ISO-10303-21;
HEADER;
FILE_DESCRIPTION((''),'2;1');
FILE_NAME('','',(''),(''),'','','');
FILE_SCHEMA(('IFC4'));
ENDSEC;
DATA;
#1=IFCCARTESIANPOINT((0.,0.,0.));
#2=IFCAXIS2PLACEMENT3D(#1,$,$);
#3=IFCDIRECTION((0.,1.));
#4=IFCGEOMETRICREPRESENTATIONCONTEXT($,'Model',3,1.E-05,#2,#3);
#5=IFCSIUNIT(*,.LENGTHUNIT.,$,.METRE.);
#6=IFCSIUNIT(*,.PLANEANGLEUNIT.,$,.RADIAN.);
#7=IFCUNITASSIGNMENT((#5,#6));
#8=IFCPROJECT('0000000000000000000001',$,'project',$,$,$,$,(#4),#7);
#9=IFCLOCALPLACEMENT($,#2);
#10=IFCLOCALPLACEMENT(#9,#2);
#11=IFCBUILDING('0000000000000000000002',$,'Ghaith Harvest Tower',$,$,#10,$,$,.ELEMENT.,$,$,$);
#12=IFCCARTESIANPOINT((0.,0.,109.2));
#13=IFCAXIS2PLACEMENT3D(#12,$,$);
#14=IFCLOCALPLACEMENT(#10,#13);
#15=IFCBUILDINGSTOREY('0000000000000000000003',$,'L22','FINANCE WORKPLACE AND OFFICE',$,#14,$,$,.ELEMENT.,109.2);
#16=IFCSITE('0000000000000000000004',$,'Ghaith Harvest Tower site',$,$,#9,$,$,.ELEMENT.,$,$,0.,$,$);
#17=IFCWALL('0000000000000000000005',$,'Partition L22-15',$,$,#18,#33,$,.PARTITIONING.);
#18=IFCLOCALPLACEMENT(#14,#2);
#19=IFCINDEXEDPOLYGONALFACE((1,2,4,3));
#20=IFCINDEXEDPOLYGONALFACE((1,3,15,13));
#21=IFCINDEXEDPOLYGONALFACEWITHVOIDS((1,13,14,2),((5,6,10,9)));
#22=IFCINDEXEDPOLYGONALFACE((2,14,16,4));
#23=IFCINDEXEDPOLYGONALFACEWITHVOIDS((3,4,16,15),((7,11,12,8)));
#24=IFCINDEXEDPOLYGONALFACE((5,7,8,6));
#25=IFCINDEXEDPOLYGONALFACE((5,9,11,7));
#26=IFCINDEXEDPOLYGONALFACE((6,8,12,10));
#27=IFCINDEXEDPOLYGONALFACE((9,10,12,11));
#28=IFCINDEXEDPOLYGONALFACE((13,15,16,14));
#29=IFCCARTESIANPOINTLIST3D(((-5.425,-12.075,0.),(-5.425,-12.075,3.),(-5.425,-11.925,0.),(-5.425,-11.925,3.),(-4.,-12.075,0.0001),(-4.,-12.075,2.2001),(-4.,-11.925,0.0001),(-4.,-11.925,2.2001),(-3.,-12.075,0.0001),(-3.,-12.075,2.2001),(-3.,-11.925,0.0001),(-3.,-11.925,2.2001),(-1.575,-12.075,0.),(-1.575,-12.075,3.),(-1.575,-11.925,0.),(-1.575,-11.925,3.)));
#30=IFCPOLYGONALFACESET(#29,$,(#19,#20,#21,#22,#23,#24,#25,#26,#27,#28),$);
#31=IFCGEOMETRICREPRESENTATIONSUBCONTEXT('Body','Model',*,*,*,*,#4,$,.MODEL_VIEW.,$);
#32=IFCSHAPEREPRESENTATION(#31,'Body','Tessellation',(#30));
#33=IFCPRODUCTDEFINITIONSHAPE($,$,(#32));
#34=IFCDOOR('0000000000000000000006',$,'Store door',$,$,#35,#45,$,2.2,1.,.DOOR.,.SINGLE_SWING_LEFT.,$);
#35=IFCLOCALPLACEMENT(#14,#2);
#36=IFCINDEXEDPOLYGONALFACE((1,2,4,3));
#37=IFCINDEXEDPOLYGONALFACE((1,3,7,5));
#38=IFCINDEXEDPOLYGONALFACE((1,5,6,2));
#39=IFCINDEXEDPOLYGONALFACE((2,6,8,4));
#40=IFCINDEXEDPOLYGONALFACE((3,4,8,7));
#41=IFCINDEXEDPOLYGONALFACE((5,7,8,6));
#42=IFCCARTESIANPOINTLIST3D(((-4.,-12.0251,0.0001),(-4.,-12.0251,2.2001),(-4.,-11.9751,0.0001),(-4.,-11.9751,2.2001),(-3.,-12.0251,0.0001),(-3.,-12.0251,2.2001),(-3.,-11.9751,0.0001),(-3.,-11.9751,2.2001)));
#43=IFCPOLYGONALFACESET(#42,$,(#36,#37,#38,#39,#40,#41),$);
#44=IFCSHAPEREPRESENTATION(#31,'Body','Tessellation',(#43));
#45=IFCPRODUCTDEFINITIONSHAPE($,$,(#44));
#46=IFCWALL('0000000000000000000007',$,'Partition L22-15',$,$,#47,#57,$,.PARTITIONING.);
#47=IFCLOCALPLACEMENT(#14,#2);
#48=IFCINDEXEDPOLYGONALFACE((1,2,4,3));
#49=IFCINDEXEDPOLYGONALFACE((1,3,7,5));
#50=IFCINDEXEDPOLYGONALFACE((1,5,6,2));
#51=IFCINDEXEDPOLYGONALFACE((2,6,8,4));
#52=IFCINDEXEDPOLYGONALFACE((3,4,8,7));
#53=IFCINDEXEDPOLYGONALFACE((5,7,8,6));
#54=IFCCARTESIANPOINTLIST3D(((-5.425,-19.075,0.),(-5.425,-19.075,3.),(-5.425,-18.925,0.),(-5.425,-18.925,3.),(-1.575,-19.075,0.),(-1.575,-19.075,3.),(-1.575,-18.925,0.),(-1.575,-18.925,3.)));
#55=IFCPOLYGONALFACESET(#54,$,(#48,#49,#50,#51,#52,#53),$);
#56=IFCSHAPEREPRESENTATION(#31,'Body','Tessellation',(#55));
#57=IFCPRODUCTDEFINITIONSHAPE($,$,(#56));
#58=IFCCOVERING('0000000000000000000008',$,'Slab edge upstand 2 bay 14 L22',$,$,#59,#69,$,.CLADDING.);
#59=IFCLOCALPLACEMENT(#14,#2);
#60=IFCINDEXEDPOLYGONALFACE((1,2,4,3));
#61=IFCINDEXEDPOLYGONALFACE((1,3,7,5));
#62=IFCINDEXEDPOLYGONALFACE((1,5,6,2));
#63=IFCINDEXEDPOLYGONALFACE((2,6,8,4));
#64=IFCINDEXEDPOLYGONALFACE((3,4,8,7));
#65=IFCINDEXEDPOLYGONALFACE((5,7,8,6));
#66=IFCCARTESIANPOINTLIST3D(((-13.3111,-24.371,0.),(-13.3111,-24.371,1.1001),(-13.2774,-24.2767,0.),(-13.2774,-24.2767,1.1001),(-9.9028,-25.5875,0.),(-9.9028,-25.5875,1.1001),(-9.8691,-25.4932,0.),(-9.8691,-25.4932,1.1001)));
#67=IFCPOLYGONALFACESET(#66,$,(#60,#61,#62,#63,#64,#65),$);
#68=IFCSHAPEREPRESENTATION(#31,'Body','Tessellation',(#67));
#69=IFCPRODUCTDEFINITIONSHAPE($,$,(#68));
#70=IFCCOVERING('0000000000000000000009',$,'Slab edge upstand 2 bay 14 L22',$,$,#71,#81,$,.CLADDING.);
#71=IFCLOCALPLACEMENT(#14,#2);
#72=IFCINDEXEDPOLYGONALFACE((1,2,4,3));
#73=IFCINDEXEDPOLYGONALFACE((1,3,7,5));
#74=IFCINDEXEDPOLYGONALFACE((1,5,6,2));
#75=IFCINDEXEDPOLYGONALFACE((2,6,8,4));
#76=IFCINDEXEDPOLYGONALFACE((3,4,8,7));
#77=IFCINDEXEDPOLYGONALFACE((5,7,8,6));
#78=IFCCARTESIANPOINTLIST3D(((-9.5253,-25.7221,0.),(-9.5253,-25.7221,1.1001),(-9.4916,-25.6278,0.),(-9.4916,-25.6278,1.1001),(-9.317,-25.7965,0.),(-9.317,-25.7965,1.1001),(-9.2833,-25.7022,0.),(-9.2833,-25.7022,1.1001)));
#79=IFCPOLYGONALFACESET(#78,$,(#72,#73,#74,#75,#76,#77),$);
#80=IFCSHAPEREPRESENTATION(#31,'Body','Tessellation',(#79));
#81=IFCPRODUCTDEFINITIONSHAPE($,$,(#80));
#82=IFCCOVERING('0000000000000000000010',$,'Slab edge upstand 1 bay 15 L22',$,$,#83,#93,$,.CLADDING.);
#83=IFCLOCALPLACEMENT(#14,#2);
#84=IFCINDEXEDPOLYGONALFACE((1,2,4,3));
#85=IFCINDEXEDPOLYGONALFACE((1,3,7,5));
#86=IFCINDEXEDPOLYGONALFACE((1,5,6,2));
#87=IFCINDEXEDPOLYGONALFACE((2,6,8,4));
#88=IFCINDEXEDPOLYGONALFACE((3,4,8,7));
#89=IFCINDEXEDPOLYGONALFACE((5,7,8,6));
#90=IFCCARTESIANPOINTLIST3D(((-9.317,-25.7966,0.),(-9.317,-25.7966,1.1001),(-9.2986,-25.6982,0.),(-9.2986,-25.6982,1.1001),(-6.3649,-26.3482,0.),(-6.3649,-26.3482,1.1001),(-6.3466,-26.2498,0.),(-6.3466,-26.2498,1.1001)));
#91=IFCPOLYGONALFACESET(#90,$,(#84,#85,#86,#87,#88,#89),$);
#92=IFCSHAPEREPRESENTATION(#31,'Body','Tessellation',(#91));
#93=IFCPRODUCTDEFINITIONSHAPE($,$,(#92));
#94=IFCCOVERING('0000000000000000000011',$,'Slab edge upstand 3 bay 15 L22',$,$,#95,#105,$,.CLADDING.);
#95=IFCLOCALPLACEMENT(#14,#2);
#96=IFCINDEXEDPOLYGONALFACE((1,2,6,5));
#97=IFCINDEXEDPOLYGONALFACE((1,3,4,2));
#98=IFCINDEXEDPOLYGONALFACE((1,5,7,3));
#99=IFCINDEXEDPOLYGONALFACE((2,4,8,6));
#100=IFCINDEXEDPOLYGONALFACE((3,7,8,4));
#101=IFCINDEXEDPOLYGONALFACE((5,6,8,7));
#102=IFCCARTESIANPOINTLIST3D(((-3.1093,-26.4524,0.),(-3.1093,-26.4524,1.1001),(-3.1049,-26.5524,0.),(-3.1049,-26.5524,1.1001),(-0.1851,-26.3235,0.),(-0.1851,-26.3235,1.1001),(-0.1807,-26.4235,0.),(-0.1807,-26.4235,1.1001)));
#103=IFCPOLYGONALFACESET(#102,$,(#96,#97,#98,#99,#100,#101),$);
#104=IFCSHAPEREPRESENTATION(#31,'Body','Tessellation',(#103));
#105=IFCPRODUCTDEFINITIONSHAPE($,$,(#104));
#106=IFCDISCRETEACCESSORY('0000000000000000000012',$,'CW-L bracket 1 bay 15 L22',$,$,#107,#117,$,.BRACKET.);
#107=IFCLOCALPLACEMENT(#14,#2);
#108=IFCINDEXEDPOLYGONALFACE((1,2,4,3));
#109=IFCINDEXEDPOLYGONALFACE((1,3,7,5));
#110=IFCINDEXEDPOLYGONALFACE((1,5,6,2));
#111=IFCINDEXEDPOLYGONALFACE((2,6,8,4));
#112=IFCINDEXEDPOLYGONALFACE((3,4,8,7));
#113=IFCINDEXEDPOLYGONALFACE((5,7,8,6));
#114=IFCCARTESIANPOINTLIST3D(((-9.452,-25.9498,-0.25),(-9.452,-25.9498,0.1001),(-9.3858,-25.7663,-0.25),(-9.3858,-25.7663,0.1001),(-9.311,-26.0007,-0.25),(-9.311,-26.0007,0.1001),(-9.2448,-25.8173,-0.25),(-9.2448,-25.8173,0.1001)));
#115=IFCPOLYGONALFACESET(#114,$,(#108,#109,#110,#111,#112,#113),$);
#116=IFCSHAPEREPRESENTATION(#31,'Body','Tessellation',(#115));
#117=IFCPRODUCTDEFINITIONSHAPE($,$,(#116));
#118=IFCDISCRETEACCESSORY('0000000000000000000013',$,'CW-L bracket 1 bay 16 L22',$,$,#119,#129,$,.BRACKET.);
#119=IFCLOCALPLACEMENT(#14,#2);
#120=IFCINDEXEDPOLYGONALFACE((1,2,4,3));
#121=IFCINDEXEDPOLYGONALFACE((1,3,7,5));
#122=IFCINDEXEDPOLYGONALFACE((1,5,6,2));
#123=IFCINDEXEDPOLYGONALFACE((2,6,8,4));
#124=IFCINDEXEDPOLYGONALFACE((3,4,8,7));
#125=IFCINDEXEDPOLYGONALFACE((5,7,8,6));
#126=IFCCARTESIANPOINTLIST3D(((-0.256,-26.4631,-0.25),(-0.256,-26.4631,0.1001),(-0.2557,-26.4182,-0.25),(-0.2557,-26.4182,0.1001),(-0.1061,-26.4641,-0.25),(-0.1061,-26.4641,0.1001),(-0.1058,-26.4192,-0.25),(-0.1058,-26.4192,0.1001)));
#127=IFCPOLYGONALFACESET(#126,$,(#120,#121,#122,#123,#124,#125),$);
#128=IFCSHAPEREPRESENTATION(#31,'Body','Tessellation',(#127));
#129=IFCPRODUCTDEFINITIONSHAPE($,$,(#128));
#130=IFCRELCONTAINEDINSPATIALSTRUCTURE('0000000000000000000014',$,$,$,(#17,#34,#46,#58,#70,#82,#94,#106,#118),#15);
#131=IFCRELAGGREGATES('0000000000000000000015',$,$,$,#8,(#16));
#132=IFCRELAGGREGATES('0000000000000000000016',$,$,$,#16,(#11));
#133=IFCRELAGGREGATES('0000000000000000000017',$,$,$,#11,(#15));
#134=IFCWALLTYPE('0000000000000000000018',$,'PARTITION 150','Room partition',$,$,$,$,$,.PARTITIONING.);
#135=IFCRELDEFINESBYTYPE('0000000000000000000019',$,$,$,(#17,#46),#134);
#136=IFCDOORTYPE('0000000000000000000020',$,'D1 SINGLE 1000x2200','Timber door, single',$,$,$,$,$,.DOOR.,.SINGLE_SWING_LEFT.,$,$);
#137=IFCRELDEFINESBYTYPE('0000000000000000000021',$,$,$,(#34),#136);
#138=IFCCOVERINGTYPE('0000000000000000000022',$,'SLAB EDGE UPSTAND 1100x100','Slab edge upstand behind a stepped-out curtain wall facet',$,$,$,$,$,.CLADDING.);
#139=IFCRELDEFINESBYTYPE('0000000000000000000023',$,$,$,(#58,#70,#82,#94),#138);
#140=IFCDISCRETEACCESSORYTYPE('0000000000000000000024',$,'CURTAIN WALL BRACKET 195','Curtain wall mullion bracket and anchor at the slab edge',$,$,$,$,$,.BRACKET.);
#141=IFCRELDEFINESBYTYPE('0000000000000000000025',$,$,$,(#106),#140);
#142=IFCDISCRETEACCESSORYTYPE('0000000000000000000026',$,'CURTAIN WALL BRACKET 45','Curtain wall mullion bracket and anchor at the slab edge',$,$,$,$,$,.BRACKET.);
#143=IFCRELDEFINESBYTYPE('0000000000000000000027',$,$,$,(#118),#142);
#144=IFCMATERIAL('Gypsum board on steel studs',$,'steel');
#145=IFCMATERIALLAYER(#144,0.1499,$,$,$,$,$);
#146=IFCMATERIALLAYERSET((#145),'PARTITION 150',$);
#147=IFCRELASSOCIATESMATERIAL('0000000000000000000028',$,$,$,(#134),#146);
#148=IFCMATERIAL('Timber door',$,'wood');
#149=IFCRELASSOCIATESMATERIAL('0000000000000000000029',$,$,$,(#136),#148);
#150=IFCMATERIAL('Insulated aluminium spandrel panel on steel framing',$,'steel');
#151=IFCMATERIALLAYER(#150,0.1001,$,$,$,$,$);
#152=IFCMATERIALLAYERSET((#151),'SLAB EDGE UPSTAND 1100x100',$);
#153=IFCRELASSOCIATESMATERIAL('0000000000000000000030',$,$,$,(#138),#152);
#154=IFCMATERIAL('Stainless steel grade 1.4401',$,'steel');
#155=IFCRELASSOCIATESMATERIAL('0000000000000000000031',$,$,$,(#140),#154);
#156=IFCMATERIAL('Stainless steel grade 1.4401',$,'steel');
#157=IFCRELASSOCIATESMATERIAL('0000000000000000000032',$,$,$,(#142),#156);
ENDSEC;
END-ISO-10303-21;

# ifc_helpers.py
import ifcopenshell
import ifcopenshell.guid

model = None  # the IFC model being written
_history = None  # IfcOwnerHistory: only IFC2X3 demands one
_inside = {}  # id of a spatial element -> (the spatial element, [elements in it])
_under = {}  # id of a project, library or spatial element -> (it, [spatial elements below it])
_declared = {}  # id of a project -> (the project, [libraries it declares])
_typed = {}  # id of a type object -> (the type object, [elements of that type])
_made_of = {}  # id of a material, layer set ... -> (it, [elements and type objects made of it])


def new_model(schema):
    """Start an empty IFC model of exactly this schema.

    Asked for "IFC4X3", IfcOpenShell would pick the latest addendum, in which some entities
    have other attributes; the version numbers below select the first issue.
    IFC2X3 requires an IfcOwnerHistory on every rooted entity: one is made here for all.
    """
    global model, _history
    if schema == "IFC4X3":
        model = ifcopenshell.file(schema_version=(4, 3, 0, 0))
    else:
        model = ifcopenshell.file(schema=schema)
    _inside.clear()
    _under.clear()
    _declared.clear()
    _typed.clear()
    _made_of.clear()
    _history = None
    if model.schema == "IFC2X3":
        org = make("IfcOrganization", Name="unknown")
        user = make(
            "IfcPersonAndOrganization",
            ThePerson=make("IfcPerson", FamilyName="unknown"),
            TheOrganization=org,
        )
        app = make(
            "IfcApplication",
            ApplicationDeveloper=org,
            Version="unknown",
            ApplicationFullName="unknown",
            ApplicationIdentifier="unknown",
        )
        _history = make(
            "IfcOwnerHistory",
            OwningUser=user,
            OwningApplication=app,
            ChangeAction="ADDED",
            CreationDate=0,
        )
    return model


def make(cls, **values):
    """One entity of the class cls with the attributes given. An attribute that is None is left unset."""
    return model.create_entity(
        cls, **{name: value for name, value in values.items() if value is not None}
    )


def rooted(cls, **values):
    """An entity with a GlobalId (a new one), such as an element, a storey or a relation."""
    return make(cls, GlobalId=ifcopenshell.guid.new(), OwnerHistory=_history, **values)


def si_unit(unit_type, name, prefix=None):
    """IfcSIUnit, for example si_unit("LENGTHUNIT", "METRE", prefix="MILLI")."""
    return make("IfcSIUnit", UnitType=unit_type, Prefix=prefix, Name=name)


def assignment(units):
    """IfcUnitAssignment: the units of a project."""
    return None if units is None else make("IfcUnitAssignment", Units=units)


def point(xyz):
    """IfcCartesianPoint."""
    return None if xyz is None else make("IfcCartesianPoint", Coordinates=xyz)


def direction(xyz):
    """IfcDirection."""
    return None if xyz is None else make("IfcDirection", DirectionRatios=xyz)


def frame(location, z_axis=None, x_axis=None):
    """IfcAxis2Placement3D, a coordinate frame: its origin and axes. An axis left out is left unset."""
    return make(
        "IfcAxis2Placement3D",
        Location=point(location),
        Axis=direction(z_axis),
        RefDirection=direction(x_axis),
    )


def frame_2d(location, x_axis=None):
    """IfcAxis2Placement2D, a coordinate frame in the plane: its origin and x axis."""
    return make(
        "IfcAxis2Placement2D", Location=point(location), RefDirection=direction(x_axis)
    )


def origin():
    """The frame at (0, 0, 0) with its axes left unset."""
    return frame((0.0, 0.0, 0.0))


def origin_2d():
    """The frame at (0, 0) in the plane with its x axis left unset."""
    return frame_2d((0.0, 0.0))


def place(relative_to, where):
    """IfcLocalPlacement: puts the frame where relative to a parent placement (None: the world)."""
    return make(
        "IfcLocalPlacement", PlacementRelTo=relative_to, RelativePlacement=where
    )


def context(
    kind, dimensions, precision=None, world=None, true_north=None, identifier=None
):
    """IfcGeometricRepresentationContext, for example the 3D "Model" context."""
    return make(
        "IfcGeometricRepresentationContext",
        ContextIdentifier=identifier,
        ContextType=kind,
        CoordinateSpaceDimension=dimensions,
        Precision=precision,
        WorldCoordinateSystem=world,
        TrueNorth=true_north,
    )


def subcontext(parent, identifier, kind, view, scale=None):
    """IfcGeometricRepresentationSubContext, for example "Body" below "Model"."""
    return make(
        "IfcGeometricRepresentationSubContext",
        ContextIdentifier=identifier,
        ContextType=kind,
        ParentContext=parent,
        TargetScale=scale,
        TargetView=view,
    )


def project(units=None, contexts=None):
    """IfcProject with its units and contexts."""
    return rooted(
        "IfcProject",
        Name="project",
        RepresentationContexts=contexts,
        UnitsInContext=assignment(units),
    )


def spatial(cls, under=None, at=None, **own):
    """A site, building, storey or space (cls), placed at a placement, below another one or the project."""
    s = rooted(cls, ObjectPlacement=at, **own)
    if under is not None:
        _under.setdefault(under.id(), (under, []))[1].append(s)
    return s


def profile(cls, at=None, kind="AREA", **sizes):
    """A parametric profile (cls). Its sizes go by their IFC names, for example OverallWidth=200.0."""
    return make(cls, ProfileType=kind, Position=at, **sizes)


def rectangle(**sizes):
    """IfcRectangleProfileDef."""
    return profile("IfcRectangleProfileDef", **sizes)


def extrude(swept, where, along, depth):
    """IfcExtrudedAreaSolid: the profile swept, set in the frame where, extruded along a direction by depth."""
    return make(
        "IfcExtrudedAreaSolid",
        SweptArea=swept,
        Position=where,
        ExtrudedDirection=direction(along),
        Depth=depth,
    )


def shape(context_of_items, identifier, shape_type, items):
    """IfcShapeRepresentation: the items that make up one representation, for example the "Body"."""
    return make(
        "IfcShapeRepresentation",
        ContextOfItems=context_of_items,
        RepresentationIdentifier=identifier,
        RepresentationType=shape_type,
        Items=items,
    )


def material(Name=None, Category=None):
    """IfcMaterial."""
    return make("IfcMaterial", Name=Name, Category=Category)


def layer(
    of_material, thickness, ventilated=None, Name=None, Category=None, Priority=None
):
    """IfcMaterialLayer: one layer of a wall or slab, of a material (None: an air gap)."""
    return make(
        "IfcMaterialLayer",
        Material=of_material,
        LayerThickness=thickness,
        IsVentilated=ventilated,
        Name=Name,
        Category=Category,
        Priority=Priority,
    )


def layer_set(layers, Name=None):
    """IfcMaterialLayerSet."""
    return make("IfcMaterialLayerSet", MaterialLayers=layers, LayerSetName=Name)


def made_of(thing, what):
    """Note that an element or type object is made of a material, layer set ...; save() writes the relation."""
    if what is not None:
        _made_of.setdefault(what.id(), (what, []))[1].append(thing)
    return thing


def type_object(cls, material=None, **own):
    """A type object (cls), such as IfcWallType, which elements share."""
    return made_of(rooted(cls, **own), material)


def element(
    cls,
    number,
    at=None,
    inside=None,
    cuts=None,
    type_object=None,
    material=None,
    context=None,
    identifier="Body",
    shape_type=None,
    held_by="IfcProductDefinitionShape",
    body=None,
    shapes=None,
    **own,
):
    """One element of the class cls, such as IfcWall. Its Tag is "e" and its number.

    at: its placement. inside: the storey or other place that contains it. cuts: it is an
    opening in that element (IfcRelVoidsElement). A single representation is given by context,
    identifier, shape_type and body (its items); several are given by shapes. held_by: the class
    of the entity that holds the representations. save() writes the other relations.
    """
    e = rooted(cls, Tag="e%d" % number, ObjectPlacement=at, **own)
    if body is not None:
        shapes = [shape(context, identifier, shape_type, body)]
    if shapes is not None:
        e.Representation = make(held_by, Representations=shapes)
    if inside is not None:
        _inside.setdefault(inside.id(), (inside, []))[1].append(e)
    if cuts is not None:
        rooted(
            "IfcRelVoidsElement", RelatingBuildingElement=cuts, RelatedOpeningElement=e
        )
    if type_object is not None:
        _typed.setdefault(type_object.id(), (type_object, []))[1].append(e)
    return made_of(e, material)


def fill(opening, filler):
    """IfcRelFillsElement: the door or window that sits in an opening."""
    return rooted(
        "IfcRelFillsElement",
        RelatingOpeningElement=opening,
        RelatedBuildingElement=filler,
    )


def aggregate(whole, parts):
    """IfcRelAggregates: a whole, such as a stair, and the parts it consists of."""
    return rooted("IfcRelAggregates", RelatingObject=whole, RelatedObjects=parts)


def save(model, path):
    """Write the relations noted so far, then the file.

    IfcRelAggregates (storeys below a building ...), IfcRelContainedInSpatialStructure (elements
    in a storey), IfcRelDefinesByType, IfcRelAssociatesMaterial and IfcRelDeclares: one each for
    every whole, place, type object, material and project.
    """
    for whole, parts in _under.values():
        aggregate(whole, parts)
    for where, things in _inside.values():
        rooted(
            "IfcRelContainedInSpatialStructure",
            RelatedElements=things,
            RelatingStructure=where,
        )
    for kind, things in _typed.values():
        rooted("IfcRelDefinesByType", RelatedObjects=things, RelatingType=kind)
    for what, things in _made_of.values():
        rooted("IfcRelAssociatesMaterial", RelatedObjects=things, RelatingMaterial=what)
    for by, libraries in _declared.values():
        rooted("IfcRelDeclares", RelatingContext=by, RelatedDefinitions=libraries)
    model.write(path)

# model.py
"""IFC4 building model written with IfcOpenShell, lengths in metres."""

from ifc_helpers import new_model, si_unit, direction, frame, frame_2d, origin, origin_2d, place, context, subcontext, project, spatial, rectangle, extrude, material, layer, layer_set, type_object, element, fill, save


model = new_model("IFC4")

# Units and contexts
model_context = context("Model", 3, precision=1e-05, world=origin(), true_north=direction((0.0, 1.0)))
body_context = subcontext(model_context, "Body", "Model", "MODEL_VIEW")
ifc_project = project(units=[si_unit("LENGTHUNIT", "METRE"), si_unit("PLANEANGLEUNIT", "RADIAN")], contexts=[model_context])

# Site, building, storey
site_placement = place(None, origin())
site = spatial("IfcSite", under=ifc_project, at=site_placement, Name="Ghaith Harvest Tower site", CompositionType="ELEMENT", RefElevation=0.0)
building_placement = place(site_placement, origin())
building = spatial("IfcBuilding", under=site, at=building_placement, Name="Ghaith Harvest Tower", CompositionType="ELEMENT")
storey_placement = place(building_placement, frame((0.0, 0.0, 109.2)))
storey = spatial("IfcBuildingStorey", under=building, at=storey_placement, Name="L22", Description="FINANCE WORKPLACE AND OFFICE", CompositionType="ELEMENT", Elevation=109.2)

# Shared definitions
ifc_material_1 = material(Name="Gypsum board on steel studs", Category="steel")
ifc_layer_1 = layer(ifc_material_1, 0.1499)
ifc_layer_set_1 = layer_set([ifc_layer_1], Name="PARTITION 150")
wall_type_1 = type_object("IfcWallType", Name="PARTITION 150", Description="Room partition", PredefinedType="PARTITIONING", material=ifc_layer_set_1)

# Shared definitions
ifc_material_2 = material(Name="Timber door", Category="wood")
door_type = type_object("IfcDoorType", Name="D1 SINGLE 1000x2200", Description="Timber door, single", OperationType="SINGLE_SWING_LEFT", PredefinedType="DOOR", material=ifc_material_2)

# Wall, opening, door
wall_1_placement = place(storey_placement, frame((-5.425, -12.0, 0.0), z_axis=(0.0, 0.0, 1.0), x_axis=(1.0, 0.0, 0.0)))
wall_1 = element("IfcWall", 1, at=wall_1_placement, inside=storey, type_object=wall_type_1, Name="Partition L22-15", PredefinedType="PARTITIONING", context=body_context, shape_type="SweptSolid", body=[
    extrude(rectangle(XDim=3.8501, YDim=0.1499, at=frame_2d((1.925, 0.0))), origin(), (0.0, 0.0, 1.0), 3.0),
])
opening_1_placement = place(wall_1_placement, frame((1.425, 0.0, 0.0)))
opening_1 = element("IfcOpeningElement", 2, at=opening_1_placement, cuts=wall_1, PredefinedType="OPENING", context=body_context, shape_type="SweptSolid", body=[
    extrude(rectangle(XDim=1.0, YDim=2.2, at=frame_2d((0.5, 1.1001))), frame((0.0, 0.085, 0.0), z_axis=(0.0, -1.0, 0.0), x_axis=(1.0, 0.0, 0.0)), (0.0, 0.0, 1.0), 0.1699),
])
door_1_placement = place(opening_1_placement, origin())
door_1 = element("IfcDoor", 3, at=door_1_placement, inside=storey, type_object=door_type, Name="Store door", OperationType="SINGLE_SWING_LEFT", OverallHeight=2.2, OverallWidth=1.0, PredefinedType="DOOR", context=body_context, shape_type="SweptSolid", body=[
    extrude(rectangle(XDim=1.0, YDim=2.2, at=frame_2d((0.5, 1.1001))), frame((0.0, 0.0249, 0.0), z_axis=(0.0, -1.0, 0.0), x_axis=(1.0, 0.0, 0.0)), (0.0, 0.0, 1.0), 0.05),
])
fill(opening_1, door_1)

# Wall
wall_2_placement = place(storey_placement, frame((-5.425, -19.0, 0.0), z_axis=(0.0, 0.0, 1.0), x_axis=(1.0, 0.0, 0.0)))
element("IfcWall", 4, at=wall_2_placement, inside=storey, type_object=wall_type_1, Name="Partition L22-15", PredefinedType="PARTITIONING", context=body_context, shape_type="SweptSolid", body=[
    extrude(rectangle(XDim=3.8501, YDim=0.1499, at=frame_2d((1.925, 0.0))), origin(), (0.0, 0.0, 1.0), 3.0),
])

# Coverings
ifc_material_3 = material(Name="Insulated aluminium spandrel panel on steel framing", Category="steel")
ifc_layer_2 = layer(ifc_material_3, 0.1001)
ifc_layer_set_2 = layer_set([ifc_layer_2], Name="SLAB EDGE UPSTAND 1100x100")
covering_type = type_object("IfcCoveringType", Name="SLAB EDGE UPSTAND 1100x100", Description="Slab edge upstand behind a stepped-out curtain wall facet", PredefinedType="CLADDING", material=ifc_layer_set_2)
covering_1_placement = place(storey_placement, frame((-11.5901, -24.9321, 0.0), z_axis=(0.0, 0.0, 1.0), x_axis=(0.941807, -0.336154, 0.0)))
element("IfcCovering", 5, at=covering_1_placement, inside=storey, type_object=covering_type, Name="Slab edge upstand 2 bay 14 L22", PredefinedType="CLADDING", context=body_context, shape_type="SweptSolid", body=[
    extrude(rectangle(XDim=3.6189, YDim=0.1001, at=origin_2d()), origin(), (0.0, 0.0, 1.0), 1.1001),
])
covering_2_placement = place(storey_placement, frame((-9.4043, -25.7122, 0.0), z_axis=(0.0, 0.0, 1.0), x_axis=(0.941807, -0.336154, 0.0)))
element("IfcCovering", 6, at=covering_2_placement, inside=storey, type_object=covering_type, Name="Slab edge upstand 2 bay 14 L22", PredefinedType="CLADDING", context=body_context, shape_type="SweptSolid", body=[
    extrude(rectangle(XDim=0.2212, YDim=0.1001, at=origin_2d()), origin(), (0.0, 0.0, 1.0), 1.1001),
])
covering_3_placement = place(storey_placement, frame((-7.8318, -26.0232, 0.0), z_axis=(0.0, 0.0, 1.0), x_axis=(0.98299, -0.183659, 0.0)))
element("IfcCovering", 7, at=covering_3_placement, inside=storey, type_object=covering_type, Name="Slab edge upstand 1 bay 15 L22", PredefinedType="CLADDING", context=body_context, shape_type="SweptSolid", body=[
    extrude(rectangle(XDim=3.0032, YDim=0.1001, at=origin_2d()), origin(), (0.0, 0.0, 1.0), 1.1001),
])
covering_4_placement = place(storey_placement, frame((-1.645, -26.438, 0.0), z_axis=(0.0, 0.0, 1.0), x_axis=(0.99903, 0.044045, 0.0)))
element("IfcCovering", 8, at=covering_4_placement, inside=storey, type_object=covering_type, Name="Slab edge upstand 3 bay 15 L22", PredefinedType="CLADDING", context=body_context, shape_type="SweptSolid", body=[
    extrude(rectangle(XDim=2.927, YDim=0.1001, at=origin_2d()), origin(), (0.0, 0.0, 1.0), 1.1001),
])

# Discrete accessories
ifc_material_4 = material(Name="Stainless steel grade 1.4401", Category="steel")
discrete_accessory_type_1 = type_object("IfcDiscreteAccessoryType", Name="CURTAIN WALL BRACKET 195", Description="Curtain wall mullion bracket and anchor at the slab edge", PredefinedType="BRACKET", material=ifc_material_4)
discrete_accessory_1_placement = place(storey_placement, frame((-9.3484, -25.8835, -0.25), z_axis=(0.0, 0.0, 1.0), x_axis=(-0.339699, -0.940534, 0.0)))
element("IfcDiscreteAccessory", 9, at=discrete_accessory_1_placement, inside=storey, type_object=discrete_accessory_type_1, Name="CW-L bracket 1 bay 15 L22", PredefinedType="BRACKET", context=body_context, shape_type="SweptSolid", body=[
    extrude(rectangle(XDim=0.1951, YDim=0.1499, at=origin_2d()), origin(), (0.0, 0.0, 1.0), 0.3501),
])
ifc_material_5 = material(Name="Stainless steel grade 1.4401", Category="steel")
discrete_accessory_type_2 = type_object("IfcDiscreteAccessoryType", Name="CURTAIN WALL BRACKET 45", Description="Curtain wall mullion bracket and anchor at the slab edge", PredefinedType="BRACKET", material=ifc_material_5)
discrete_accessory_2_placement = place(storey_placement, frame((-0.1809, -26.4412, -0.25), z_axis=(0.0, 0.0, 1.0), x_axis=(-0.006844, -0.999977, 0.0)))
element("IfcDiscreteAccessory", 10, at=discrete_accessory_2_placement, inside=storey, type_object=discrete_accessory_type_2, Name="CW-L bracket 1 bay 16 L22", PredefinedType="BRACKET", context=body_context, shape_type="SweptSolid", body=[
    extrude(rectangle(XDim=0.0449, YDim=0.1499, at=origin_2d()), origin(), (0.0, 0.0, 1.0), 0.3501),
])

save(model, "model.ifc")
